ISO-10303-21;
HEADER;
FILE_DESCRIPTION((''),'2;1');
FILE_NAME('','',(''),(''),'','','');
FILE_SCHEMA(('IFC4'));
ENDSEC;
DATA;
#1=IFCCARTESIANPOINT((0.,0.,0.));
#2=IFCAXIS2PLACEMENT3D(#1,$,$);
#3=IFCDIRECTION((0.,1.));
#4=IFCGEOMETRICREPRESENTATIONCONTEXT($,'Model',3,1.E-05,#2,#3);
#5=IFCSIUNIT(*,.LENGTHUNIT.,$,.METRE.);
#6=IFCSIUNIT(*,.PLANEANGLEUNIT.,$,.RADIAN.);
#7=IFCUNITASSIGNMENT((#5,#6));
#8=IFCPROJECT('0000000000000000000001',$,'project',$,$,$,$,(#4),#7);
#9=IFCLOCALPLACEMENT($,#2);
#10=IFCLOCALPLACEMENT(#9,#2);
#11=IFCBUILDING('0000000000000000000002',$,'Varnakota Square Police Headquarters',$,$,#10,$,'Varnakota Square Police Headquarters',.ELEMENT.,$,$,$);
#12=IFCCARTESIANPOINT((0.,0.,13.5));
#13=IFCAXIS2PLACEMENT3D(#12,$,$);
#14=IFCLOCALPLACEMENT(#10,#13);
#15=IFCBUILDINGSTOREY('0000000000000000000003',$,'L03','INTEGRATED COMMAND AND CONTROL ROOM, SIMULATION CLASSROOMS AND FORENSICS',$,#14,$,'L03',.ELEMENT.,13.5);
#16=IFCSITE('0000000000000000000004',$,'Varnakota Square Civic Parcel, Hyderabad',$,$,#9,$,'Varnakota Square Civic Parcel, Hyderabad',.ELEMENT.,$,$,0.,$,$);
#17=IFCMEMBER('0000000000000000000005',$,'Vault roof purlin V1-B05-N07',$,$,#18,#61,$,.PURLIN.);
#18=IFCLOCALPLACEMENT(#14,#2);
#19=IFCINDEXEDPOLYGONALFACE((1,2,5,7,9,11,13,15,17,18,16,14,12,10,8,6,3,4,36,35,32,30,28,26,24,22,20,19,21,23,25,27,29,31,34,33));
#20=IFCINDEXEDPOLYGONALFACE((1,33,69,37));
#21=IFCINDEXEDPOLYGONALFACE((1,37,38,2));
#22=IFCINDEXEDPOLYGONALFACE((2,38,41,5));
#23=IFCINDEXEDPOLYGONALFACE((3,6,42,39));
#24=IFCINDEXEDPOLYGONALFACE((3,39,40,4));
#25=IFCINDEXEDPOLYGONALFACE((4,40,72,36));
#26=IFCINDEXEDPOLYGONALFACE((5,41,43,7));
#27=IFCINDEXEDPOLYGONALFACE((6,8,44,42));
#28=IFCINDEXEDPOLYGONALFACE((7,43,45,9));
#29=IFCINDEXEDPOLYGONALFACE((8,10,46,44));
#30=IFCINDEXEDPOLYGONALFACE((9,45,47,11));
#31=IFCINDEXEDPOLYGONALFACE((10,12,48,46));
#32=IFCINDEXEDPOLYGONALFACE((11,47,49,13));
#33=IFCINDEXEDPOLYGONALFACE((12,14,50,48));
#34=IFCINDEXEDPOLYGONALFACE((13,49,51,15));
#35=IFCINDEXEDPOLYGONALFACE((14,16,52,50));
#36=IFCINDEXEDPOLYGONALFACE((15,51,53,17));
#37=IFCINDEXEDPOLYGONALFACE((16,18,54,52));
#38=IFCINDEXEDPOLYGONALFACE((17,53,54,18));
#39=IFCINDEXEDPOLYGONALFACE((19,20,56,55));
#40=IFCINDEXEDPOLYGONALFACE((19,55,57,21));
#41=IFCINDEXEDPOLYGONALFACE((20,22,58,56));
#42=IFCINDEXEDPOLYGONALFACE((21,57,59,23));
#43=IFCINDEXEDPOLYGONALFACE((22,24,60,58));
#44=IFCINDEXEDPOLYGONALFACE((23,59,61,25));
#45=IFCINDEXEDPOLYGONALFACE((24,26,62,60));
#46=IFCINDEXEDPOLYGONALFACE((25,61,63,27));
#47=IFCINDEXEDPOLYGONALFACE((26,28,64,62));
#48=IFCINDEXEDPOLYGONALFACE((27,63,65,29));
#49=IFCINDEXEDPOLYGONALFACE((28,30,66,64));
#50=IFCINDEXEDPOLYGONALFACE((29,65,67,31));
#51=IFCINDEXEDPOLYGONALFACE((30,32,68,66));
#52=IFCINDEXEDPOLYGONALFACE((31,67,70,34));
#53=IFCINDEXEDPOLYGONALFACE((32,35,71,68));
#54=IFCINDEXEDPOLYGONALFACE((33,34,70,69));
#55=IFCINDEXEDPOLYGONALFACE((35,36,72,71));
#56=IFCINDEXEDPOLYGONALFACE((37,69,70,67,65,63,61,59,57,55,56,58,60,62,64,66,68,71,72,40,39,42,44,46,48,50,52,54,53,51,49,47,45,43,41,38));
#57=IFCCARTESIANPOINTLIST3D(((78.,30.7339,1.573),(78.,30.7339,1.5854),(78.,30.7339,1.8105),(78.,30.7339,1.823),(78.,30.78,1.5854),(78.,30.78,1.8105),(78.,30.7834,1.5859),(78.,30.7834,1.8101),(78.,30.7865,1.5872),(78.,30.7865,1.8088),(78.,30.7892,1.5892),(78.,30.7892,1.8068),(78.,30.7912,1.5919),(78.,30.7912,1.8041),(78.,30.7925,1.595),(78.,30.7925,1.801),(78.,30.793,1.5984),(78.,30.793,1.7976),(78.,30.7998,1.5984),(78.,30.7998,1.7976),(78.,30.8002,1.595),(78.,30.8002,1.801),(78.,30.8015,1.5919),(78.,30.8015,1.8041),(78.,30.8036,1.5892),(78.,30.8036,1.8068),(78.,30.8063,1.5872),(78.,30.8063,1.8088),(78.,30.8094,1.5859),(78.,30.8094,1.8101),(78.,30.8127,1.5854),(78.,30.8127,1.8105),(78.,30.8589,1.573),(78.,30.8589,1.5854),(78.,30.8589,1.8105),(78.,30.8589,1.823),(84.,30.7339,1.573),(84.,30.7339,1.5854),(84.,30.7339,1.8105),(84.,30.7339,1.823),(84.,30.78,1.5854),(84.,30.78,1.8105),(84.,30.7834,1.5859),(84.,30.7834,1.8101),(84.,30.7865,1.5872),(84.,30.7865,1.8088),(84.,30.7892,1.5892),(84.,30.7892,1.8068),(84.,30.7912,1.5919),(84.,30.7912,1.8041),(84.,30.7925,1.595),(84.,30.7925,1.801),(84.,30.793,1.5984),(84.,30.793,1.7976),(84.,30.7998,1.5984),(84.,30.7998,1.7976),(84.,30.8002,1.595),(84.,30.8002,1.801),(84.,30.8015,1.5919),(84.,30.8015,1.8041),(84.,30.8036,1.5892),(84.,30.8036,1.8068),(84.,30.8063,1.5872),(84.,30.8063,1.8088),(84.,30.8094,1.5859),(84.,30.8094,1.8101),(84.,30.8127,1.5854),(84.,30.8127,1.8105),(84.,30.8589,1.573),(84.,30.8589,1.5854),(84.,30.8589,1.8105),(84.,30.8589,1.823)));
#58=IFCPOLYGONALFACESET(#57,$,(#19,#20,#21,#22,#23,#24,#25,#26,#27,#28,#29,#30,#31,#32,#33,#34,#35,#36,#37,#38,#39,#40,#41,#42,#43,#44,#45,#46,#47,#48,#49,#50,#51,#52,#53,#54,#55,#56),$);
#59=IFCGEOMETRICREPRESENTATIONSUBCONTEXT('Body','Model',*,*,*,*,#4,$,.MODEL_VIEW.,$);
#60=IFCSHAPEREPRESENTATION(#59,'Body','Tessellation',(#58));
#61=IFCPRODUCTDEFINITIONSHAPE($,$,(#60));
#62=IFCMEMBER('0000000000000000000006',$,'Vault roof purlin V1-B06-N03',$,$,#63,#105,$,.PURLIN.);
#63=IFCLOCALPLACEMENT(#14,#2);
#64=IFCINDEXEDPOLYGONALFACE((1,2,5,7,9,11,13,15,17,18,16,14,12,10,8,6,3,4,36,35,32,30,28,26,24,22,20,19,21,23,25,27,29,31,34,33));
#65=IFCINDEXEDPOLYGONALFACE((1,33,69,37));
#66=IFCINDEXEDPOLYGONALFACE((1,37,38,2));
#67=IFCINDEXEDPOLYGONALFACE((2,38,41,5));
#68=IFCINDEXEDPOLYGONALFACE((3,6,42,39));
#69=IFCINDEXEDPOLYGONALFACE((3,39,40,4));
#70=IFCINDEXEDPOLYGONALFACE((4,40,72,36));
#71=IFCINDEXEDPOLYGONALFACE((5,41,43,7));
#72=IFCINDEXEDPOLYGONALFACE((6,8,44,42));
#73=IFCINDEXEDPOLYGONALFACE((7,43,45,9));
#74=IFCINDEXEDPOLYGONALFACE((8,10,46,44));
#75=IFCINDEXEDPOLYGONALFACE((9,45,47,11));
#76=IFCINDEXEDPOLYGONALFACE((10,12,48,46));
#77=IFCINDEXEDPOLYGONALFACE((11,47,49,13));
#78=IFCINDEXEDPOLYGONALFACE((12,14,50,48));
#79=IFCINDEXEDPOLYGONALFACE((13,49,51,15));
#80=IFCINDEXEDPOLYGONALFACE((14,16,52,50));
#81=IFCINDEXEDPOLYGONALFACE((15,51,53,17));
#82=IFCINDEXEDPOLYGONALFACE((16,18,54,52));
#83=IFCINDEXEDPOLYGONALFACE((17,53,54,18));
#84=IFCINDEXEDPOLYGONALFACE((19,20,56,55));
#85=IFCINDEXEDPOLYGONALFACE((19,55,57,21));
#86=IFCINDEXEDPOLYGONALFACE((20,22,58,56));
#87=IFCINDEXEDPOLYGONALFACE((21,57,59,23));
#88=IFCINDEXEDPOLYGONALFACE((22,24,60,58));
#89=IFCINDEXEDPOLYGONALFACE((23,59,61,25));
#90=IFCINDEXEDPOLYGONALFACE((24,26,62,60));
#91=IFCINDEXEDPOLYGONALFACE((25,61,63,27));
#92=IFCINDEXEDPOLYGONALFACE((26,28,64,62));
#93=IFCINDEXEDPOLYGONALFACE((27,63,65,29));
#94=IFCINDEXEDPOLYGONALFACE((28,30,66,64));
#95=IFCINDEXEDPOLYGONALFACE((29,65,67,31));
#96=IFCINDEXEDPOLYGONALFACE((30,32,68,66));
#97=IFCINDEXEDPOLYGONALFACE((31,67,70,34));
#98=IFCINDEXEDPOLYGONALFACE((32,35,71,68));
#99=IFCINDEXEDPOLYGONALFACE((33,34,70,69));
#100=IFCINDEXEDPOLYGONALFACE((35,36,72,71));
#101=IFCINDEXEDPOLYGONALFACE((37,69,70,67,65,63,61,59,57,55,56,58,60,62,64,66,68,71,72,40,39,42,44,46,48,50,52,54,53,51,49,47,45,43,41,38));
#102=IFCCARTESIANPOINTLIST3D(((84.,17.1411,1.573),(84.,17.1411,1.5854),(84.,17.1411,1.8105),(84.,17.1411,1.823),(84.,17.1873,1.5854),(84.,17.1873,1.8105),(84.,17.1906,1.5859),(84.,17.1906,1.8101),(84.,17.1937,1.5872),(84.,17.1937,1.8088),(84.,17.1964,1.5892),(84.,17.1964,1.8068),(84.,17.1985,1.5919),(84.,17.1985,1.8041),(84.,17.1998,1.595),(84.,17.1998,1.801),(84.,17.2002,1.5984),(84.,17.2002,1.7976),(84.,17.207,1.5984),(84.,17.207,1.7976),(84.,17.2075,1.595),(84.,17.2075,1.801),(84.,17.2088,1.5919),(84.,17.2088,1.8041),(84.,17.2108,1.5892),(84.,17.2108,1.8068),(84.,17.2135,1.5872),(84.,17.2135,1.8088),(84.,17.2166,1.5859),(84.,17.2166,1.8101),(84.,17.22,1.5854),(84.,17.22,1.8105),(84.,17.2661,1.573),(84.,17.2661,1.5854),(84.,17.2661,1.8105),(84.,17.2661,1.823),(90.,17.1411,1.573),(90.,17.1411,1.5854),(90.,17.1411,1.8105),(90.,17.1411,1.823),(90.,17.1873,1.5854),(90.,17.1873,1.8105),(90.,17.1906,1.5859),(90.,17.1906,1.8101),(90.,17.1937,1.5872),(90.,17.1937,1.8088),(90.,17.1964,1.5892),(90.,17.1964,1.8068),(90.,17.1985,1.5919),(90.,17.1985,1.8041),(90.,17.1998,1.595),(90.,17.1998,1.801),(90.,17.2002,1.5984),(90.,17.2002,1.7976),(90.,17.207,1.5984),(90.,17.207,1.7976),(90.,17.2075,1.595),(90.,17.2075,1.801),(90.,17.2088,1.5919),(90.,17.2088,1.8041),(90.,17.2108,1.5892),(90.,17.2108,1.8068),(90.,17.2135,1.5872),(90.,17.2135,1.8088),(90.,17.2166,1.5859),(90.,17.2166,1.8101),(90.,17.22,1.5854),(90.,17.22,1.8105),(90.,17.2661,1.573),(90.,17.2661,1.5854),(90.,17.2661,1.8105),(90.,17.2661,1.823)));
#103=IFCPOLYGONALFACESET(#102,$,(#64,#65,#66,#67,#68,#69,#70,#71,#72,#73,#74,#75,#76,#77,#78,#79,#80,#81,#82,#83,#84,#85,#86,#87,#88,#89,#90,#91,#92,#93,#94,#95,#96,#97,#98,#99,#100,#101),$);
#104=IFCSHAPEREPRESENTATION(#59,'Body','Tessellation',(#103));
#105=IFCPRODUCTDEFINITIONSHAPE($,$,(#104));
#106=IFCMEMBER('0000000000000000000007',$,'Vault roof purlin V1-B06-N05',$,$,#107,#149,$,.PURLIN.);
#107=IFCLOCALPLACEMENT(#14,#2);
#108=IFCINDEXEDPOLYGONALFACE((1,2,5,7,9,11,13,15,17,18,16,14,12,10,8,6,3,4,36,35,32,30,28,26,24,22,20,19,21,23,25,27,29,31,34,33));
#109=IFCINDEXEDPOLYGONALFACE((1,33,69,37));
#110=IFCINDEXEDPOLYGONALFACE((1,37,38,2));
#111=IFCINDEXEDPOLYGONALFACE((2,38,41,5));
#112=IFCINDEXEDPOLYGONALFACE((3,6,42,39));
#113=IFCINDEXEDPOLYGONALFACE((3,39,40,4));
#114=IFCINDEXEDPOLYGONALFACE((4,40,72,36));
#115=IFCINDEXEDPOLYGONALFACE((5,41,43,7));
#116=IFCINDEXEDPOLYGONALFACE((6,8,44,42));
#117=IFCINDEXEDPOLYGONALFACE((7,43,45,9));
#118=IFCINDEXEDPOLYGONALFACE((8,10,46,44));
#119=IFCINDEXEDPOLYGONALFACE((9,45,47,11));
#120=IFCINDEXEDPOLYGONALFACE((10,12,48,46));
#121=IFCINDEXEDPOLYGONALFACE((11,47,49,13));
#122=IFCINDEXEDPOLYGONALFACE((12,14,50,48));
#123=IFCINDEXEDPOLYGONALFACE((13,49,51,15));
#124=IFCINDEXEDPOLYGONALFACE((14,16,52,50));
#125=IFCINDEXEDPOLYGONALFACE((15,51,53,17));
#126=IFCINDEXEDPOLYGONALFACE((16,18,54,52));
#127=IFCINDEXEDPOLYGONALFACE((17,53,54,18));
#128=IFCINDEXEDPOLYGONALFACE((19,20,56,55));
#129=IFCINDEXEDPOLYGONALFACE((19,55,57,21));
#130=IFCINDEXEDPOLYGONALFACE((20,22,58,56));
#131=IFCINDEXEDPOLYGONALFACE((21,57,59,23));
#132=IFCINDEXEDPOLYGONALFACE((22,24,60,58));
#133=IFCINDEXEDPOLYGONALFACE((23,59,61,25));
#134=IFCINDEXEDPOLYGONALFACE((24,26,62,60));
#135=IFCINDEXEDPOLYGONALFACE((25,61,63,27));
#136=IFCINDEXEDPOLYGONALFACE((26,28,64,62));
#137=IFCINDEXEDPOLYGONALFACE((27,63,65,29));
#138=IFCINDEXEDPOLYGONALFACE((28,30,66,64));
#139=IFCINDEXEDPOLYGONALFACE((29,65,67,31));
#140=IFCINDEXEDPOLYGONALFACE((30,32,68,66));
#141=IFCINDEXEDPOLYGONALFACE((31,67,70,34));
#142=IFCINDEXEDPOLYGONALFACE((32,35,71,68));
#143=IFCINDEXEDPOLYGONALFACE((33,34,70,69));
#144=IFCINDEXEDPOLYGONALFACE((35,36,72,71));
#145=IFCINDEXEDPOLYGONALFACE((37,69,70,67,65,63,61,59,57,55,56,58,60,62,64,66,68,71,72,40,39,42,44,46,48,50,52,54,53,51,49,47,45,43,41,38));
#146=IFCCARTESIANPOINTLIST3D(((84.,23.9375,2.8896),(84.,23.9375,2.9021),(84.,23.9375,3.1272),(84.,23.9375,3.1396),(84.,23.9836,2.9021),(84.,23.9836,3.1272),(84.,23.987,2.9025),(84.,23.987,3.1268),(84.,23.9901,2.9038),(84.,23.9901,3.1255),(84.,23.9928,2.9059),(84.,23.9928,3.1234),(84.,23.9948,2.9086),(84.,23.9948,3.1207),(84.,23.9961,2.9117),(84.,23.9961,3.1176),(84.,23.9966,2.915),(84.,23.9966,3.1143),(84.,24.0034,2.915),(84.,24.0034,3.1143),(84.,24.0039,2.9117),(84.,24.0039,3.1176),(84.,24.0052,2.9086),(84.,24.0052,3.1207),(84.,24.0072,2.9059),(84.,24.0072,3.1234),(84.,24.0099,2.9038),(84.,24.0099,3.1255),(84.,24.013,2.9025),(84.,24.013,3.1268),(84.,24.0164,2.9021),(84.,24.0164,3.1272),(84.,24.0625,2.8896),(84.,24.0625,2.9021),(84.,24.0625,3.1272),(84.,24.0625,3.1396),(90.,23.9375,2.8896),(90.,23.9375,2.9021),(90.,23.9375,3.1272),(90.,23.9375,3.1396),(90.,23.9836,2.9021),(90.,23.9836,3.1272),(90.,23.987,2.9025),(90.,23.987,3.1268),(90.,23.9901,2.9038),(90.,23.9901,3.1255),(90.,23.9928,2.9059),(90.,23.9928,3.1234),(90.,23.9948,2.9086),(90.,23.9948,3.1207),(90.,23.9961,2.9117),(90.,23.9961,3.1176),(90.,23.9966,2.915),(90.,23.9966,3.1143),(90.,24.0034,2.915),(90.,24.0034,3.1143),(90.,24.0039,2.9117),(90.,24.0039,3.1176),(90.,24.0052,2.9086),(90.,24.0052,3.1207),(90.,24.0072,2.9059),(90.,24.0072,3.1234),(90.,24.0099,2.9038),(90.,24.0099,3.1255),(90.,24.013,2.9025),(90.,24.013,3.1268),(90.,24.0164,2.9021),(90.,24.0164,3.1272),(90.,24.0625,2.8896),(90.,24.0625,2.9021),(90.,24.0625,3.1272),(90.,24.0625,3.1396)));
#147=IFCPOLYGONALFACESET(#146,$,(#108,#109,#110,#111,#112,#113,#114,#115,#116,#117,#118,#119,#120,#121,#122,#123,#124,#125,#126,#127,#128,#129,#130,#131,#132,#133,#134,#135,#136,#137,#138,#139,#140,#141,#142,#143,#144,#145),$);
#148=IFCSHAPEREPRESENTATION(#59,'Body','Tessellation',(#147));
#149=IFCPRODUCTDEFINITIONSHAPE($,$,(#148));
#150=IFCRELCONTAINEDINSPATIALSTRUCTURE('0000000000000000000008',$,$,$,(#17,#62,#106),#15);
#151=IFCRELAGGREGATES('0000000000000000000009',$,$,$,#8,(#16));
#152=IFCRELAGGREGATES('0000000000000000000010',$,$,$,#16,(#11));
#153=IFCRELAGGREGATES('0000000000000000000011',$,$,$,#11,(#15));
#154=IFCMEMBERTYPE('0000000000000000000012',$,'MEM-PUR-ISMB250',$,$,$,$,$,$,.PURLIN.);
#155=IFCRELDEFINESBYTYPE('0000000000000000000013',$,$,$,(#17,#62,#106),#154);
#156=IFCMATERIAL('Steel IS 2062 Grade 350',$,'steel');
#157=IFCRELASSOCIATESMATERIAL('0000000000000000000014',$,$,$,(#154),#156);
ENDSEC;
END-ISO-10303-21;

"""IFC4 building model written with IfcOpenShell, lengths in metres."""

from ifc_helpers import new_model, si_unit, direction, frame, origin, origin_2d, place, context, subcontext, project, spatial, i_section, extrude, material, material_profile, profile_set, type_object, element, save


model = new_model("IFC4")

# Units and contexts
model_context = context("Model", 3, precision=1e-05, world=origin(), true_north=direction((0.0, 1.0)))
body_context = subcontext(model_context, "Body", "Model", "MODEL_VIEW")
ifc_project = project(units=[si_unit("LENGTHUNIT", "METRE"), si_unit("PLANEANGLEUNIT", "RADIAN")], contexts=[model_context])

# Site, building, storey
site_placement = place(None, origin())
site = spatial("IfcSite", under=ifc_project, at=site_placement, Name="Varnakota Square Civic Parcel, Hyderabad", LongName="Varnakota Square Civic Parcel, Hyderabad", CompositionType="ELEMENT", RefElevation=0.0)
building_placement = place(site_placement, origin())
building = spatial("IfcBuilding", under=site, at=building_placement, Name="Varnakota Square Police Headquarters", LongName="Varnakota Square Police Headquarters", CompositionType="ELEMENT")
storey_placement = place(building_placement, frame((0.0, 0.0, 13.5)))
storey = spatial("IfcBuildingStorey", under=building, at=storey_placement, Name="L03", Description="INTEGRATED COMMAND AND CONTROL ROOM, SIMULATION CLASSROOMS AND FORENSICS", LongName="L03", CompositionType="ELEMENT", Elevation=13.5)

# Shared definitions
ifc_material_1 = material(Name="Steel IS 2062 Grade 350", Category="steel")

# Members
ifc_material_profile_1 = material_profile(ifc_material_1, i_section(OverallWidth=0.125, OverallDepth=0.25, WebThickness=0.0068, FlangeThickness=0.0125, FilletRadius=0.0129, at=origin_2d()), Name="ISMB 250")
ifc_profile_set_1 = profile_set([ifc_material_profile_1], Name="Steel IS 2062 Grade 350")
member_type_1 = type_object("IfcMemberType", Name="MEM-PUR-ISMB250", PredefinedType="PURLIN", material=ifc_profile_set_1)
for number, where, z_axis, x_axis, name in (
    (1, (78.0, 30.7964, 1.698), (1.0, 0.0, 0.0), (0.0, 1.0, 0.0), "Vault roof purlin V1-B05-N07"),
    (2, (84.0, 17.2036, 1.698), (1.0, 0.0, 0.0), (0.0, 1.0, 0.0), "Vault roof purlin V1-B06-N03"),
    (3, (84.0, 24.0, 3.0146), (1.0, 0.0, 0.0), (0.0, 1.0, 0.0), "Vault roof purlin V1-B06-N05"),
):
    element("IfcMember", number, at=place(storey_placement, frame(where, z_axis=z_axis, x_axis=x_axis)), inside=storey, type_object=member_type_1, Name=name, PredefinedType="PURLIN", context=body_context, shape_type="SweptSolid", body=[
        extrude(i_section(OverallWidth=0.125, OverallDepth=0.25, WebThickness=0.0068, FlangeThickness=0.0125, FilletRadius=0.0129, at=origin_2d()), origin(), (0.0, 0.0, 1.0), 6.0),
    ])

save(model, "model.ifc")
